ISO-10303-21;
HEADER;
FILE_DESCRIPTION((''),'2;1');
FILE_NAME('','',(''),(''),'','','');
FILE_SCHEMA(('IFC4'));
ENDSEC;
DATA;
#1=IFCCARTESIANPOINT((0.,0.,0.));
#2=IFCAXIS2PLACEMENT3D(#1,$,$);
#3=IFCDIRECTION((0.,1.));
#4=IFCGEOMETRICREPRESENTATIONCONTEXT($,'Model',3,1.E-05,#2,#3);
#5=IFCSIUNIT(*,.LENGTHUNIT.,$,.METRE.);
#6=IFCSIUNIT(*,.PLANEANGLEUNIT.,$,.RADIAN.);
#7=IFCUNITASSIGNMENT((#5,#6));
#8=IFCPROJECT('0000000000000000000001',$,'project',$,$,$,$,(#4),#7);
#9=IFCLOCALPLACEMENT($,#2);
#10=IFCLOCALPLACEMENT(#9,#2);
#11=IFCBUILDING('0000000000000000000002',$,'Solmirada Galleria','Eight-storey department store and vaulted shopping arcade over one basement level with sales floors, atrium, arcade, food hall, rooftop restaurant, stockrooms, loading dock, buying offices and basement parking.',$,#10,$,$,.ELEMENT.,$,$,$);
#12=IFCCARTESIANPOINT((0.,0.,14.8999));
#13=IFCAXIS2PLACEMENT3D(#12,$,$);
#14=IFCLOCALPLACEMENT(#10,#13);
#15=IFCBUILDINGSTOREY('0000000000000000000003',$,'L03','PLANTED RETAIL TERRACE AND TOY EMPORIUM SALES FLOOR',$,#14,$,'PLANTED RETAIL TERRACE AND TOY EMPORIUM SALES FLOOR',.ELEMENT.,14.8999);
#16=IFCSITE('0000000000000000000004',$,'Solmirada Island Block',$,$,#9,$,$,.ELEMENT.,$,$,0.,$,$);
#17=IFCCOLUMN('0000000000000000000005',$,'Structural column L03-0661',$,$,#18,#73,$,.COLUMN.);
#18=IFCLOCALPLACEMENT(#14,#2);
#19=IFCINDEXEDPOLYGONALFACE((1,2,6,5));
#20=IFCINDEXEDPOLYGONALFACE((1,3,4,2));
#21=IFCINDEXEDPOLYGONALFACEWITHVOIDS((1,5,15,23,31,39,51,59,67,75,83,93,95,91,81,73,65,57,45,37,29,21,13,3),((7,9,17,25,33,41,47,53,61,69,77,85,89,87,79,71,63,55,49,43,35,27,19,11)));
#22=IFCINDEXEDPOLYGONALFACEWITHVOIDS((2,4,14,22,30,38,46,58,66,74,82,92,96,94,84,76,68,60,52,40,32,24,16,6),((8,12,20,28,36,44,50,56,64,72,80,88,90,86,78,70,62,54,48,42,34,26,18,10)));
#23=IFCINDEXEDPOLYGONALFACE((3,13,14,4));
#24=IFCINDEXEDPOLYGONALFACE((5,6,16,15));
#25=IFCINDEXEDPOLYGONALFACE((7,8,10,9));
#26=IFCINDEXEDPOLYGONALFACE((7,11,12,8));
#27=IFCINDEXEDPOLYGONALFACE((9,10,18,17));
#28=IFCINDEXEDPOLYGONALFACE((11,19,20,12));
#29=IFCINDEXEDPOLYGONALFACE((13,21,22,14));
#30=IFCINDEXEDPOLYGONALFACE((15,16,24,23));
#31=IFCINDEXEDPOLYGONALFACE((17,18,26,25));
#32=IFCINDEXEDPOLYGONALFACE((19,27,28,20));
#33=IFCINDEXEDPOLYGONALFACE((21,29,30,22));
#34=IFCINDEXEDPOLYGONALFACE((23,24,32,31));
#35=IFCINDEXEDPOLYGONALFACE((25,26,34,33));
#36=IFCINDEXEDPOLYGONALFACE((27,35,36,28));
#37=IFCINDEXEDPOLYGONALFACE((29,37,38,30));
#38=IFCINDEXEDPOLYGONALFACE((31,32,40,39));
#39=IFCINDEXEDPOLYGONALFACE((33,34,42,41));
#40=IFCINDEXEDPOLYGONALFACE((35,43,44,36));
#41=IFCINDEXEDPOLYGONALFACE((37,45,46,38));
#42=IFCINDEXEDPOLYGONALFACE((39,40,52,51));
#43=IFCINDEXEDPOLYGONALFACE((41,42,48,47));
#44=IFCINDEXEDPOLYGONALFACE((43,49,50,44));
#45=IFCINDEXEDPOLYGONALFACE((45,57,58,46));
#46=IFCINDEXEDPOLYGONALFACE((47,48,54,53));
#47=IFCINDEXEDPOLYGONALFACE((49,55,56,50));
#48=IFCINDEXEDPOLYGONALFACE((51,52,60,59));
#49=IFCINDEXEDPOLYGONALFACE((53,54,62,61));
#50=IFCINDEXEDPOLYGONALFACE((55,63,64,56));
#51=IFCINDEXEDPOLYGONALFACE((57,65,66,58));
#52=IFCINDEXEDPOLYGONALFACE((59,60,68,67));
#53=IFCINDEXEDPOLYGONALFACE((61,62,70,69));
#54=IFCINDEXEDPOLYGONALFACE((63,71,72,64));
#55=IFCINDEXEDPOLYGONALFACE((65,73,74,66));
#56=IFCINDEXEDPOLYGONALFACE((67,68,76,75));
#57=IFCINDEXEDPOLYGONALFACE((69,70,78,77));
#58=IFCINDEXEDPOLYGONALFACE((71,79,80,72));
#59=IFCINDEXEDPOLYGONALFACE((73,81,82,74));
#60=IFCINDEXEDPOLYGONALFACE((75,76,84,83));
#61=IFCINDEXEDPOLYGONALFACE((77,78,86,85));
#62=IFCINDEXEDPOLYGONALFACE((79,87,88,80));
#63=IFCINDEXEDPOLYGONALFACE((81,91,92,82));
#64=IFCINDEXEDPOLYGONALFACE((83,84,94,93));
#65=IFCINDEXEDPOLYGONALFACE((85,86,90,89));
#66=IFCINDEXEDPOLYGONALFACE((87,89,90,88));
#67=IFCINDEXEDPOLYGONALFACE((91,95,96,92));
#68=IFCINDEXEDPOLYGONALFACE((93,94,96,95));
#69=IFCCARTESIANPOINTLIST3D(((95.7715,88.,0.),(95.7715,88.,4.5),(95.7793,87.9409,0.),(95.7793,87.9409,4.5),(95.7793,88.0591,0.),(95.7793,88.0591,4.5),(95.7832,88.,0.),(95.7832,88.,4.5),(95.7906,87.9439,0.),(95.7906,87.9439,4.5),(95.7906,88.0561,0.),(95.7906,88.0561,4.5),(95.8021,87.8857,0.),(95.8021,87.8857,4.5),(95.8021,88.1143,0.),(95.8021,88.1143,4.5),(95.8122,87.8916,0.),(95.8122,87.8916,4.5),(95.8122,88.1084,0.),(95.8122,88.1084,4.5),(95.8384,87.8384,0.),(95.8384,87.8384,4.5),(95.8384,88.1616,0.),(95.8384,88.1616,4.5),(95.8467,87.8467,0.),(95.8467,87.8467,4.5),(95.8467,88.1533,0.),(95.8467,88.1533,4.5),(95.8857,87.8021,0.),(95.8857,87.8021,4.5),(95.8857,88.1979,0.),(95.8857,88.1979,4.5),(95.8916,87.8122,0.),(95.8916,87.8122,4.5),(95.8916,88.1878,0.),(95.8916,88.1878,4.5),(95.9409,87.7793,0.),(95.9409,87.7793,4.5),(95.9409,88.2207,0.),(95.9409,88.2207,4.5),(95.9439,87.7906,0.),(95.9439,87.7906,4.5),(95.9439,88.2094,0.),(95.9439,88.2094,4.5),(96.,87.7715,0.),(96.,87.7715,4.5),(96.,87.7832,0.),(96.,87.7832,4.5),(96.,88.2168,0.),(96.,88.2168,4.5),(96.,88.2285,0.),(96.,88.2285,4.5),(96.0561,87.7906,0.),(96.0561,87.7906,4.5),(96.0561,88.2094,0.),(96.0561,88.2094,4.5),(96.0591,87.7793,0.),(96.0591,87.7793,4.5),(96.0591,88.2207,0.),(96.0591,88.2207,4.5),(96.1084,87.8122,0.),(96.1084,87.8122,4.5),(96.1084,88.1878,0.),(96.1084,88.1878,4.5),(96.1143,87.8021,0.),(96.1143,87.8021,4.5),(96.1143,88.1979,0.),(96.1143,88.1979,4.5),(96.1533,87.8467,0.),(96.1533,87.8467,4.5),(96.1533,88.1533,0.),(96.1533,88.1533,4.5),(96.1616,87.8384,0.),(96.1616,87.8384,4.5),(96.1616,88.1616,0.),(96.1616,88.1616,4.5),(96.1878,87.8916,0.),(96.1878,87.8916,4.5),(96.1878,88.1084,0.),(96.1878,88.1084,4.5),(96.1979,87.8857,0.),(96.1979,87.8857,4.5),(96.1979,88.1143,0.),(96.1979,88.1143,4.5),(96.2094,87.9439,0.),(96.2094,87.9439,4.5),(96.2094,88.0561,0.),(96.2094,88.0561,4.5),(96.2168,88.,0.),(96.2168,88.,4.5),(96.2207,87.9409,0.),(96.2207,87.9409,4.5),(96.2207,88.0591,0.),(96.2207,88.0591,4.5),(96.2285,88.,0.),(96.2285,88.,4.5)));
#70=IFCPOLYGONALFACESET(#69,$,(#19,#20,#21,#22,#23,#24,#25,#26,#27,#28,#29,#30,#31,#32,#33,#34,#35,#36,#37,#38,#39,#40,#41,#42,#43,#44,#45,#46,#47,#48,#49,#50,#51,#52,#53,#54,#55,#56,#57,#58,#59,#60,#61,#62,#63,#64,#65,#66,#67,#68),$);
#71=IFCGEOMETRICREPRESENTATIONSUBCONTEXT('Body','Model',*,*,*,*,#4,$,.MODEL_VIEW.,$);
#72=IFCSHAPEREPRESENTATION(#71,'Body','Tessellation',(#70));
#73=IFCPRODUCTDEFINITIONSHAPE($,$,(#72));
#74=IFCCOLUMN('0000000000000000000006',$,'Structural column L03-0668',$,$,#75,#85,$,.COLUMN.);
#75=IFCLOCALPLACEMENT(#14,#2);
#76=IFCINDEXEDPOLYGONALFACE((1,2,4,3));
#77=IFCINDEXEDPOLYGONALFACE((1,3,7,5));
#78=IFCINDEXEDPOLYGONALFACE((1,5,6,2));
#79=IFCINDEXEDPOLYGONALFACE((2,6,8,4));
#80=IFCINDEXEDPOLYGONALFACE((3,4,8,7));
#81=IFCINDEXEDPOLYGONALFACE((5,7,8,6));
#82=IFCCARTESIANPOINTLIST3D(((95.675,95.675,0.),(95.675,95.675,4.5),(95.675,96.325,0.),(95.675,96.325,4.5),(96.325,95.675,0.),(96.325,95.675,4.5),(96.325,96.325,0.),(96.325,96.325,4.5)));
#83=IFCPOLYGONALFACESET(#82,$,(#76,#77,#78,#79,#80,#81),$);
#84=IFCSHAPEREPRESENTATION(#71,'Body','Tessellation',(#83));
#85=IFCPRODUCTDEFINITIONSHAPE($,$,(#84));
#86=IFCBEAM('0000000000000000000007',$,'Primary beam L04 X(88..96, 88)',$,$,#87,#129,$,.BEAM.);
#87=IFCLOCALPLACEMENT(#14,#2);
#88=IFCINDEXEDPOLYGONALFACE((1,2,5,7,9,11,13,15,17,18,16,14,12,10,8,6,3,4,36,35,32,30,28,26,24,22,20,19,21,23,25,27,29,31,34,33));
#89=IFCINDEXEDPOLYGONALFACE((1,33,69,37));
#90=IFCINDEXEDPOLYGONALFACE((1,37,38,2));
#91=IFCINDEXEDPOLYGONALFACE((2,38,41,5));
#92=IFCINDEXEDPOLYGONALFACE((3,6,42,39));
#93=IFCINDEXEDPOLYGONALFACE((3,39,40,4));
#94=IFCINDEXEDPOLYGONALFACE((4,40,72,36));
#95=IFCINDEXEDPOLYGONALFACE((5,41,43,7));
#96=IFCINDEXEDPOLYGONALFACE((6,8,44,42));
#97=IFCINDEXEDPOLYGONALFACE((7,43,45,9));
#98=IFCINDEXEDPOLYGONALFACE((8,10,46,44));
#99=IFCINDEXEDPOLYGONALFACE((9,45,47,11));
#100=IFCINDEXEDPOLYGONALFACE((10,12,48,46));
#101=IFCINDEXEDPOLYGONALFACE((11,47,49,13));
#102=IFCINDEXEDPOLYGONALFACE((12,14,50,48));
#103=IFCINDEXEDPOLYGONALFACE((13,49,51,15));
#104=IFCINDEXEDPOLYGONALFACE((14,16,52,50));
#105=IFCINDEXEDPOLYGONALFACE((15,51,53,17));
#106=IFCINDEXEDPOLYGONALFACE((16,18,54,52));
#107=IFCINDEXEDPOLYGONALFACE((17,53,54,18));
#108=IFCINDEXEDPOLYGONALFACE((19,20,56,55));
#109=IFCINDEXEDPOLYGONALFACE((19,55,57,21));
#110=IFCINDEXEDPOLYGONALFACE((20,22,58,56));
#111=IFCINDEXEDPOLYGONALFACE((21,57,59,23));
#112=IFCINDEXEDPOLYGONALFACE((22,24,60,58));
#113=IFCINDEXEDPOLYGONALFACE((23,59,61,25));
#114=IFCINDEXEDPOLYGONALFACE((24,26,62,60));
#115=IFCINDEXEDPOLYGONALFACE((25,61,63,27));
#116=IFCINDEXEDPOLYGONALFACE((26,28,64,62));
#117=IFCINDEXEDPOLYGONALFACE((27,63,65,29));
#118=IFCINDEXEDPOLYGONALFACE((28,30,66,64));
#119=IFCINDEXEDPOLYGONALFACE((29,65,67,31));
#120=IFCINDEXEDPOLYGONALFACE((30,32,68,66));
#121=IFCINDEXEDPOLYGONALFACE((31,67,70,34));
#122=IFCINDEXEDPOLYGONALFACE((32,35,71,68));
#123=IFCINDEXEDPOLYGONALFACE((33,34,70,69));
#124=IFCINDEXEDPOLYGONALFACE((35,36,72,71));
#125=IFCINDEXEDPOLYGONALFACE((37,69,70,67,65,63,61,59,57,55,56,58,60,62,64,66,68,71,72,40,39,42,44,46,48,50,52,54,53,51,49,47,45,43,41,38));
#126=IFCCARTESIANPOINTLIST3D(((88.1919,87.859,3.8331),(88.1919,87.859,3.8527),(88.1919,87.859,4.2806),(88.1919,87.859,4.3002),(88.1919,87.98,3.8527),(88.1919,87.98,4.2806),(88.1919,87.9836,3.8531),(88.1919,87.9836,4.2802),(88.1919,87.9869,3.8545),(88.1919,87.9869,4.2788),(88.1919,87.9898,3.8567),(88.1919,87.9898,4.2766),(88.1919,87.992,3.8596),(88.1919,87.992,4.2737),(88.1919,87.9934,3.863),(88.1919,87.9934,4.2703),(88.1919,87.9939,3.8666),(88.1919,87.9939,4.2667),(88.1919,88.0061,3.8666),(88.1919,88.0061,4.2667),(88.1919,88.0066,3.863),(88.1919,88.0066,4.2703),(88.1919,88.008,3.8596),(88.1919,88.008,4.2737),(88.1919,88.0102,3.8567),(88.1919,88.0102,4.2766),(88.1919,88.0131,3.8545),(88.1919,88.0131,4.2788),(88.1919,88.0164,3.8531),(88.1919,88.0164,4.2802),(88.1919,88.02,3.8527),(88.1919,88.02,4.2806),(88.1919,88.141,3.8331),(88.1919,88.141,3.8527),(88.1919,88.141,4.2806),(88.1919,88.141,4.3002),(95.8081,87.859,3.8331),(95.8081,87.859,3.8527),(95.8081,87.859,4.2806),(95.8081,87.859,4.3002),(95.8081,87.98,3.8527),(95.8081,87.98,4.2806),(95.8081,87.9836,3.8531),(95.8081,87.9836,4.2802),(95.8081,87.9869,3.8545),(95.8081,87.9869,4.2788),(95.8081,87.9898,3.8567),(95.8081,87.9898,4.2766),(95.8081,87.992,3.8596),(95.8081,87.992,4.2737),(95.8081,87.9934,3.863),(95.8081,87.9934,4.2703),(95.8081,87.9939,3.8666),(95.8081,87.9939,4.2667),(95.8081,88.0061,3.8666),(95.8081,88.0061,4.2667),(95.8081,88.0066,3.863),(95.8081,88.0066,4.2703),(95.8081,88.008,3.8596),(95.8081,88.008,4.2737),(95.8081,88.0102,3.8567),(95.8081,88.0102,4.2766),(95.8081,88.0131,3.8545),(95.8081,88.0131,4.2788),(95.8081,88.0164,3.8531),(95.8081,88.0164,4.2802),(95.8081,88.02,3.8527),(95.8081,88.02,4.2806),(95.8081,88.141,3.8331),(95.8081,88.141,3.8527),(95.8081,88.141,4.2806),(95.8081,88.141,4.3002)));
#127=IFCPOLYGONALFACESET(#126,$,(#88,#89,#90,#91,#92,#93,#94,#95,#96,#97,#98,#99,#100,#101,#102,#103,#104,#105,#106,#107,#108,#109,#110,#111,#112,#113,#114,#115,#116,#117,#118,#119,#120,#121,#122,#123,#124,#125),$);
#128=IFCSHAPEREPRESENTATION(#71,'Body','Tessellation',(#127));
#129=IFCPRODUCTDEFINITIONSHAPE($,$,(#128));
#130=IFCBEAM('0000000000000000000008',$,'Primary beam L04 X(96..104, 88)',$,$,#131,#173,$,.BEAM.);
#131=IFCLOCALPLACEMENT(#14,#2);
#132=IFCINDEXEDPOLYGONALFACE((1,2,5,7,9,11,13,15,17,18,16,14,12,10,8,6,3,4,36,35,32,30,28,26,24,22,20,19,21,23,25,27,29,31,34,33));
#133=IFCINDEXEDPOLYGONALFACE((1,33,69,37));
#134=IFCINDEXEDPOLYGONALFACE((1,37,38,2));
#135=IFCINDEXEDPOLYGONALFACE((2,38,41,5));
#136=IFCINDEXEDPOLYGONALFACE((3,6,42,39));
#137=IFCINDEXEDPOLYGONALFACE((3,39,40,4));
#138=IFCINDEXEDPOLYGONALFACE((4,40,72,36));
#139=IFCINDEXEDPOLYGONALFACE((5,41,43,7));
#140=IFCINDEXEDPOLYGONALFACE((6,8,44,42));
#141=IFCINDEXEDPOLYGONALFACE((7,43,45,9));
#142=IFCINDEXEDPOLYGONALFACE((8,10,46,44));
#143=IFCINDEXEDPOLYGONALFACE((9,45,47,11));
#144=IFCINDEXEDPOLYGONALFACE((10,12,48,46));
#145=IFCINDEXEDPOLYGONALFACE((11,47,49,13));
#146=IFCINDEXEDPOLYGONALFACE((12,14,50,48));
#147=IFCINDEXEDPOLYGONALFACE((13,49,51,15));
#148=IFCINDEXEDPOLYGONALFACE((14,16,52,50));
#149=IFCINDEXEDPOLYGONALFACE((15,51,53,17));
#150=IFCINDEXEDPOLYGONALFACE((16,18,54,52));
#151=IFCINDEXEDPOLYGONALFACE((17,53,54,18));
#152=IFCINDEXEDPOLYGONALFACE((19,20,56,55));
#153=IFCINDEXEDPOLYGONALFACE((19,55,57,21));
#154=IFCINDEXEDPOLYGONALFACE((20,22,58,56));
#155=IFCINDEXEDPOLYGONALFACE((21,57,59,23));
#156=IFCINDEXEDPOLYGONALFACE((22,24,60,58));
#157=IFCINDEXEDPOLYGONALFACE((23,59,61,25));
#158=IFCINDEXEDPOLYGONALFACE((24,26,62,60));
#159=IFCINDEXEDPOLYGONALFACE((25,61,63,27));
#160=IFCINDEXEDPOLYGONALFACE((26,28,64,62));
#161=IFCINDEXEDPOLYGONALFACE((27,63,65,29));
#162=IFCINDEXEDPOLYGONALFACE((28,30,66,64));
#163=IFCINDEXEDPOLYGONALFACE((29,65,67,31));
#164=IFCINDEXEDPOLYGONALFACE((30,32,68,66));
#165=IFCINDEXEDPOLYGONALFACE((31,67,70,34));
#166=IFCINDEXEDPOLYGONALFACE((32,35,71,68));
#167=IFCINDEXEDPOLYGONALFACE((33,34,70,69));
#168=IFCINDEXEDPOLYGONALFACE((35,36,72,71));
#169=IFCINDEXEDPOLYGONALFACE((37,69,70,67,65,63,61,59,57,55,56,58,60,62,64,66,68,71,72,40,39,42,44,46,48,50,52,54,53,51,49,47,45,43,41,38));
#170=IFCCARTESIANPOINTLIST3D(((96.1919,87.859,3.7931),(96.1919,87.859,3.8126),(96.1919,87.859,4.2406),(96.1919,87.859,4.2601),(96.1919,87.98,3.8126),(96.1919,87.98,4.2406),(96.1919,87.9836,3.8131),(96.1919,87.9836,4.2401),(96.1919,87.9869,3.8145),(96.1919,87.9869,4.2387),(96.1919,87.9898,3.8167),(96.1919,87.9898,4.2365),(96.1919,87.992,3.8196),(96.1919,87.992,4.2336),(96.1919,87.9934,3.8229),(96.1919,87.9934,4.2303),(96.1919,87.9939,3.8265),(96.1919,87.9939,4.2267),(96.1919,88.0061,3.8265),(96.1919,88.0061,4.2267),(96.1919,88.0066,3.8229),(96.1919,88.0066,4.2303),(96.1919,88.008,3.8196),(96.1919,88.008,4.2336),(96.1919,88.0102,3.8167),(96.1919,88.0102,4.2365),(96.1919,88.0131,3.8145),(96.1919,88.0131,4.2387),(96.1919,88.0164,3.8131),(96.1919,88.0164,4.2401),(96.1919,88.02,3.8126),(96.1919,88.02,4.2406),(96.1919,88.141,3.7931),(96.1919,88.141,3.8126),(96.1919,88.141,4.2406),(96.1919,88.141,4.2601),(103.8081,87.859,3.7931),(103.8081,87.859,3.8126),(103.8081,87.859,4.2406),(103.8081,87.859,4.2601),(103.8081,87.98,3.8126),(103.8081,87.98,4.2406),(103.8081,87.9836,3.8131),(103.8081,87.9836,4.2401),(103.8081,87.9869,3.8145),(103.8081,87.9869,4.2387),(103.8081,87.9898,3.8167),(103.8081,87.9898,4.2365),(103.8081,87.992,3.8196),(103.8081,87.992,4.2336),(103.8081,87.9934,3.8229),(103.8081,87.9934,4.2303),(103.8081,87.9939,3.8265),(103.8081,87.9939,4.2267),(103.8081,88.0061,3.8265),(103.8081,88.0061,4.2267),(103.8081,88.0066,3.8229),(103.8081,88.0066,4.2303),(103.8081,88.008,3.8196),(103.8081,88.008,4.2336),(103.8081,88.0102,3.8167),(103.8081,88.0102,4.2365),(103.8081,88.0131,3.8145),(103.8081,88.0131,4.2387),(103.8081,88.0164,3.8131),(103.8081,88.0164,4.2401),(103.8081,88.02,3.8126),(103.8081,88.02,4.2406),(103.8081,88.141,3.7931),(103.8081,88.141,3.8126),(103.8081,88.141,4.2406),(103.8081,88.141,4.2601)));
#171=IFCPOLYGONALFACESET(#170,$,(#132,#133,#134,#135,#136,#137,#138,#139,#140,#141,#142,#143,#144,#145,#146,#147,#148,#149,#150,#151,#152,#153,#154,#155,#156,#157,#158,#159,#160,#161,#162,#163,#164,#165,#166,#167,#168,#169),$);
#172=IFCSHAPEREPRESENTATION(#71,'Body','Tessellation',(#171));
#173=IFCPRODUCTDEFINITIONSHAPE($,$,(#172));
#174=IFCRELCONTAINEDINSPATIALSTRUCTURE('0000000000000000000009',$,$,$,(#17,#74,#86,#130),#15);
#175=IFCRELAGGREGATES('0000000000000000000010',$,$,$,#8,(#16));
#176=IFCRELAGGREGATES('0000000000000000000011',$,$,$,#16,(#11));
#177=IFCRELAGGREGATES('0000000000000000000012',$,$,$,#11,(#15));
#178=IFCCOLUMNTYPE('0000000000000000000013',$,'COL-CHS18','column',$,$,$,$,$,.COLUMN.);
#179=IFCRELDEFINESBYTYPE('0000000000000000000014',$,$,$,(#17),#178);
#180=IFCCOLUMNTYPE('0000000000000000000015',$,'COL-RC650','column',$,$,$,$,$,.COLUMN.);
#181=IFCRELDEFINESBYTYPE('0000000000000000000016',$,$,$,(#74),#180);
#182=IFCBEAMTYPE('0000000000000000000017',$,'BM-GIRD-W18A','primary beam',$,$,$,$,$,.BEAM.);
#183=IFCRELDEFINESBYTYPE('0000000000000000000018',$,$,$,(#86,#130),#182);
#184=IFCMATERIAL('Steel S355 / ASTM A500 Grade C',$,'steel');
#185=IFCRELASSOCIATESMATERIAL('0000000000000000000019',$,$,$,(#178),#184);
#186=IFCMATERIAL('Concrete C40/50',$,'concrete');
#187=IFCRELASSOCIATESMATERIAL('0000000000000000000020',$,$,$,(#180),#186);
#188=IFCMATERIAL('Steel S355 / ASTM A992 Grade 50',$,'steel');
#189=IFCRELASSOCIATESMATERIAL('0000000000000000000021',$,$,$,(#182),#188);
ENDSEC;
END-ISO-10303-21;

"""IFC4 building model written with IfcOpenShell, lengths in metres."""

from ifc_helpers import new_model, si_unit, direction, frame, origin, origin_2d, place, context, subcontext, project, spatial, rectangle, hollow_circle, i_section, extrude, material, material_profile, profile_set, type_object, element, save


model = new_model("IFC4")

# Units and contexts
model_context = context("Model", 3, precision=1e-05, world=origin(), true_north=direction((0.0, 1.0)))
body_context = subcontext(model_context, "Body", "Model", "MODEL_VIEW")
ifc_project = project(units=[si_unit("LENGTHUNIT", "METRE"), si_unit("PLANEANGLEUNIT", "RADIAN")], contexts=[model_context])

# Site, building, storey
site_placement = place(None, origin())
site = spatial("IfcSite", under=ifc_project, at=site_placement, Name="Solmirada Island Block", CompositionType="ELEMENT", RefElevation=0.0)
building_placement = place(site_placement, origin())
building = spatial("IfcBuilding", under=site, at=building_placement, Name="Solmirada Galleria", Description="Eight-storey department store and vaulted shopping arcade over one basement level with sales floors, atrium, arcade, food hall, rooftop restaurant, stockrooms, loading dock, buying offices and basement parking.", CompositionType="ELEMENT")
storey_placement = place(building_placement, frame((0.0, 0.0, 14.8999)))
storey = spatial("IfcBuildingStorey", under=building, at=storey_placement, Name="L03", Description="PLANTED RETAIL TERRACE AND TOY EMPORIUM SALES FLOOR", LongName="PLANTED RETAIL TERRACE AND TOY EMPORIUM SALES FLOOR", CompositionType="ELEMENT", Elevation=14.8999)

# Columns
ifc_material_1 = material(Name="Steel S355 / ASTM A500 Grade C", Category="steel")
ifc_material_profile_1 = material_profile(ifc_material_1, hollow_circle(Radius=0.2285, WallThickness=0.0117, at=origin_2d()), Name="HSS18.000X0.500")
ifc_profile_set_1 = profile_set([ifc_material_profile_1], Name="Steel S355 / ASTM A500 Grade C")
column_type_1 = type_object("IfcColumnType", Name="COL-CHS18", Description="column", PredefinedType="COLUMN", material=ifc_profile_set_1)
column_1_placement = place(storey_placement, frame((96.0, 88.0, 0.0), z_axis=(0.0, 0.0, 1.0), x_axis=(1.0, 0.0, 0.0)))
element("IfcColumn", 1, at=column_1_placement, inside=storey, type_object=column_type_1, Name="Structural column L03-0661", PredefinedType="COLUMN", context=body_context, shape_type="SweptSolid", body=[
    extrude(hollow_circle(Radius=0.2285, WallThickness=0.0117, at=origin_2d()), origin(), (0.0, 0.0, 1.0), 4.5),
])
ifc_material_2 = material(Name="Concrete C40/50", Category="concrete")
ifc_material_profile_2 = material_profile(ifc_material_2, rectangle(XDim=0.6499, YDim=0.6499, at=origin_2d()), Name="RC650X650")
ifc_profile_set_2 = profile_set([ifc_material_profile_2], Name="Concrete C40/50")
column_type_2 = type_object("IfcColumnType", Name="COL-RC650", Description="column", PredefinedType="COLUMN", material=ifc_profile_set_2)
column_2_placement = place(storey_placement, frame((96.0, 96.0, 0.0), z_axis=(0.0, 0.0, 1.0), x_axis=(1.0, 0.0, 0.0)))
element("IfcColumn", 2, at=column_2_placement, inside=storey, type_object=column_type_2, Name="Structural column L03-0668", PredefinedType="COLUMN", context=body_context, shape_type="SweptSolid", body=[
    extrude(rectangle(XDim=0.6499, YDim=0.6499, at=origin_2d()), origin(), (0.0, 0.0, 1.0), 4.5),
])

# Beams
ifc_material_3 = material(Name="Steel S355 / ASTM A992 Grade 50", Category="steel")
ifc_material_profile_3 = material_profile(ifc_material_3, i_section(OverallWidth=0.282, OverallDepth=0.467, WebThickness=0.0122, FlangeThickness=0.0195, FilletRadius=0.0139, at=origin_2d()), Name="W18X86")
ifc_profile_set_3 = profile_set([ifc_material_profile_3], Name="Steel S355 / ASTM A992 Grade 50")
beam_type_1 = type_object("IfcBeamType", Name="BM-GIRD-W18A", Description="primary beam", PredefinedType="BEAM", material=ifc_profile_set_3)
for number, where, z_axis, x_axis, name in (
    (3, (88.1919, 88.0, 4.0667), (1.0, 0.0, 0.0), (0.0, 1.0, 0.0), "Primary beam L04 X(88..96, 88)"),
    (4, (96.1919, 88.0, 4.0266), (1.0, 0.0, 0.0), (0.0, 1.0, 0.0), "Primary beam L04 X(96..104, 88)"),
):
    element("IfcBeam", number, at=place(storey_placement, frame(where, z_axis=z_axis, x_axis=x_axis)), inside=storey, type_object=beam_type_1, Name=name, PredefinedType="BEAM", context=body_context, shape_type="SweptSolid", body=[
        extrude(i_section(OverallWidth=0.282, OverallDepth=0.467, WebThickness=0.0122, FlangeThickness=0.0195, FilletRadius=0.0139, at=origin_2d()), origin(), (0.0, 0.0, 1.0), 7.6162),
    ])

save(model, "model.ifc")
